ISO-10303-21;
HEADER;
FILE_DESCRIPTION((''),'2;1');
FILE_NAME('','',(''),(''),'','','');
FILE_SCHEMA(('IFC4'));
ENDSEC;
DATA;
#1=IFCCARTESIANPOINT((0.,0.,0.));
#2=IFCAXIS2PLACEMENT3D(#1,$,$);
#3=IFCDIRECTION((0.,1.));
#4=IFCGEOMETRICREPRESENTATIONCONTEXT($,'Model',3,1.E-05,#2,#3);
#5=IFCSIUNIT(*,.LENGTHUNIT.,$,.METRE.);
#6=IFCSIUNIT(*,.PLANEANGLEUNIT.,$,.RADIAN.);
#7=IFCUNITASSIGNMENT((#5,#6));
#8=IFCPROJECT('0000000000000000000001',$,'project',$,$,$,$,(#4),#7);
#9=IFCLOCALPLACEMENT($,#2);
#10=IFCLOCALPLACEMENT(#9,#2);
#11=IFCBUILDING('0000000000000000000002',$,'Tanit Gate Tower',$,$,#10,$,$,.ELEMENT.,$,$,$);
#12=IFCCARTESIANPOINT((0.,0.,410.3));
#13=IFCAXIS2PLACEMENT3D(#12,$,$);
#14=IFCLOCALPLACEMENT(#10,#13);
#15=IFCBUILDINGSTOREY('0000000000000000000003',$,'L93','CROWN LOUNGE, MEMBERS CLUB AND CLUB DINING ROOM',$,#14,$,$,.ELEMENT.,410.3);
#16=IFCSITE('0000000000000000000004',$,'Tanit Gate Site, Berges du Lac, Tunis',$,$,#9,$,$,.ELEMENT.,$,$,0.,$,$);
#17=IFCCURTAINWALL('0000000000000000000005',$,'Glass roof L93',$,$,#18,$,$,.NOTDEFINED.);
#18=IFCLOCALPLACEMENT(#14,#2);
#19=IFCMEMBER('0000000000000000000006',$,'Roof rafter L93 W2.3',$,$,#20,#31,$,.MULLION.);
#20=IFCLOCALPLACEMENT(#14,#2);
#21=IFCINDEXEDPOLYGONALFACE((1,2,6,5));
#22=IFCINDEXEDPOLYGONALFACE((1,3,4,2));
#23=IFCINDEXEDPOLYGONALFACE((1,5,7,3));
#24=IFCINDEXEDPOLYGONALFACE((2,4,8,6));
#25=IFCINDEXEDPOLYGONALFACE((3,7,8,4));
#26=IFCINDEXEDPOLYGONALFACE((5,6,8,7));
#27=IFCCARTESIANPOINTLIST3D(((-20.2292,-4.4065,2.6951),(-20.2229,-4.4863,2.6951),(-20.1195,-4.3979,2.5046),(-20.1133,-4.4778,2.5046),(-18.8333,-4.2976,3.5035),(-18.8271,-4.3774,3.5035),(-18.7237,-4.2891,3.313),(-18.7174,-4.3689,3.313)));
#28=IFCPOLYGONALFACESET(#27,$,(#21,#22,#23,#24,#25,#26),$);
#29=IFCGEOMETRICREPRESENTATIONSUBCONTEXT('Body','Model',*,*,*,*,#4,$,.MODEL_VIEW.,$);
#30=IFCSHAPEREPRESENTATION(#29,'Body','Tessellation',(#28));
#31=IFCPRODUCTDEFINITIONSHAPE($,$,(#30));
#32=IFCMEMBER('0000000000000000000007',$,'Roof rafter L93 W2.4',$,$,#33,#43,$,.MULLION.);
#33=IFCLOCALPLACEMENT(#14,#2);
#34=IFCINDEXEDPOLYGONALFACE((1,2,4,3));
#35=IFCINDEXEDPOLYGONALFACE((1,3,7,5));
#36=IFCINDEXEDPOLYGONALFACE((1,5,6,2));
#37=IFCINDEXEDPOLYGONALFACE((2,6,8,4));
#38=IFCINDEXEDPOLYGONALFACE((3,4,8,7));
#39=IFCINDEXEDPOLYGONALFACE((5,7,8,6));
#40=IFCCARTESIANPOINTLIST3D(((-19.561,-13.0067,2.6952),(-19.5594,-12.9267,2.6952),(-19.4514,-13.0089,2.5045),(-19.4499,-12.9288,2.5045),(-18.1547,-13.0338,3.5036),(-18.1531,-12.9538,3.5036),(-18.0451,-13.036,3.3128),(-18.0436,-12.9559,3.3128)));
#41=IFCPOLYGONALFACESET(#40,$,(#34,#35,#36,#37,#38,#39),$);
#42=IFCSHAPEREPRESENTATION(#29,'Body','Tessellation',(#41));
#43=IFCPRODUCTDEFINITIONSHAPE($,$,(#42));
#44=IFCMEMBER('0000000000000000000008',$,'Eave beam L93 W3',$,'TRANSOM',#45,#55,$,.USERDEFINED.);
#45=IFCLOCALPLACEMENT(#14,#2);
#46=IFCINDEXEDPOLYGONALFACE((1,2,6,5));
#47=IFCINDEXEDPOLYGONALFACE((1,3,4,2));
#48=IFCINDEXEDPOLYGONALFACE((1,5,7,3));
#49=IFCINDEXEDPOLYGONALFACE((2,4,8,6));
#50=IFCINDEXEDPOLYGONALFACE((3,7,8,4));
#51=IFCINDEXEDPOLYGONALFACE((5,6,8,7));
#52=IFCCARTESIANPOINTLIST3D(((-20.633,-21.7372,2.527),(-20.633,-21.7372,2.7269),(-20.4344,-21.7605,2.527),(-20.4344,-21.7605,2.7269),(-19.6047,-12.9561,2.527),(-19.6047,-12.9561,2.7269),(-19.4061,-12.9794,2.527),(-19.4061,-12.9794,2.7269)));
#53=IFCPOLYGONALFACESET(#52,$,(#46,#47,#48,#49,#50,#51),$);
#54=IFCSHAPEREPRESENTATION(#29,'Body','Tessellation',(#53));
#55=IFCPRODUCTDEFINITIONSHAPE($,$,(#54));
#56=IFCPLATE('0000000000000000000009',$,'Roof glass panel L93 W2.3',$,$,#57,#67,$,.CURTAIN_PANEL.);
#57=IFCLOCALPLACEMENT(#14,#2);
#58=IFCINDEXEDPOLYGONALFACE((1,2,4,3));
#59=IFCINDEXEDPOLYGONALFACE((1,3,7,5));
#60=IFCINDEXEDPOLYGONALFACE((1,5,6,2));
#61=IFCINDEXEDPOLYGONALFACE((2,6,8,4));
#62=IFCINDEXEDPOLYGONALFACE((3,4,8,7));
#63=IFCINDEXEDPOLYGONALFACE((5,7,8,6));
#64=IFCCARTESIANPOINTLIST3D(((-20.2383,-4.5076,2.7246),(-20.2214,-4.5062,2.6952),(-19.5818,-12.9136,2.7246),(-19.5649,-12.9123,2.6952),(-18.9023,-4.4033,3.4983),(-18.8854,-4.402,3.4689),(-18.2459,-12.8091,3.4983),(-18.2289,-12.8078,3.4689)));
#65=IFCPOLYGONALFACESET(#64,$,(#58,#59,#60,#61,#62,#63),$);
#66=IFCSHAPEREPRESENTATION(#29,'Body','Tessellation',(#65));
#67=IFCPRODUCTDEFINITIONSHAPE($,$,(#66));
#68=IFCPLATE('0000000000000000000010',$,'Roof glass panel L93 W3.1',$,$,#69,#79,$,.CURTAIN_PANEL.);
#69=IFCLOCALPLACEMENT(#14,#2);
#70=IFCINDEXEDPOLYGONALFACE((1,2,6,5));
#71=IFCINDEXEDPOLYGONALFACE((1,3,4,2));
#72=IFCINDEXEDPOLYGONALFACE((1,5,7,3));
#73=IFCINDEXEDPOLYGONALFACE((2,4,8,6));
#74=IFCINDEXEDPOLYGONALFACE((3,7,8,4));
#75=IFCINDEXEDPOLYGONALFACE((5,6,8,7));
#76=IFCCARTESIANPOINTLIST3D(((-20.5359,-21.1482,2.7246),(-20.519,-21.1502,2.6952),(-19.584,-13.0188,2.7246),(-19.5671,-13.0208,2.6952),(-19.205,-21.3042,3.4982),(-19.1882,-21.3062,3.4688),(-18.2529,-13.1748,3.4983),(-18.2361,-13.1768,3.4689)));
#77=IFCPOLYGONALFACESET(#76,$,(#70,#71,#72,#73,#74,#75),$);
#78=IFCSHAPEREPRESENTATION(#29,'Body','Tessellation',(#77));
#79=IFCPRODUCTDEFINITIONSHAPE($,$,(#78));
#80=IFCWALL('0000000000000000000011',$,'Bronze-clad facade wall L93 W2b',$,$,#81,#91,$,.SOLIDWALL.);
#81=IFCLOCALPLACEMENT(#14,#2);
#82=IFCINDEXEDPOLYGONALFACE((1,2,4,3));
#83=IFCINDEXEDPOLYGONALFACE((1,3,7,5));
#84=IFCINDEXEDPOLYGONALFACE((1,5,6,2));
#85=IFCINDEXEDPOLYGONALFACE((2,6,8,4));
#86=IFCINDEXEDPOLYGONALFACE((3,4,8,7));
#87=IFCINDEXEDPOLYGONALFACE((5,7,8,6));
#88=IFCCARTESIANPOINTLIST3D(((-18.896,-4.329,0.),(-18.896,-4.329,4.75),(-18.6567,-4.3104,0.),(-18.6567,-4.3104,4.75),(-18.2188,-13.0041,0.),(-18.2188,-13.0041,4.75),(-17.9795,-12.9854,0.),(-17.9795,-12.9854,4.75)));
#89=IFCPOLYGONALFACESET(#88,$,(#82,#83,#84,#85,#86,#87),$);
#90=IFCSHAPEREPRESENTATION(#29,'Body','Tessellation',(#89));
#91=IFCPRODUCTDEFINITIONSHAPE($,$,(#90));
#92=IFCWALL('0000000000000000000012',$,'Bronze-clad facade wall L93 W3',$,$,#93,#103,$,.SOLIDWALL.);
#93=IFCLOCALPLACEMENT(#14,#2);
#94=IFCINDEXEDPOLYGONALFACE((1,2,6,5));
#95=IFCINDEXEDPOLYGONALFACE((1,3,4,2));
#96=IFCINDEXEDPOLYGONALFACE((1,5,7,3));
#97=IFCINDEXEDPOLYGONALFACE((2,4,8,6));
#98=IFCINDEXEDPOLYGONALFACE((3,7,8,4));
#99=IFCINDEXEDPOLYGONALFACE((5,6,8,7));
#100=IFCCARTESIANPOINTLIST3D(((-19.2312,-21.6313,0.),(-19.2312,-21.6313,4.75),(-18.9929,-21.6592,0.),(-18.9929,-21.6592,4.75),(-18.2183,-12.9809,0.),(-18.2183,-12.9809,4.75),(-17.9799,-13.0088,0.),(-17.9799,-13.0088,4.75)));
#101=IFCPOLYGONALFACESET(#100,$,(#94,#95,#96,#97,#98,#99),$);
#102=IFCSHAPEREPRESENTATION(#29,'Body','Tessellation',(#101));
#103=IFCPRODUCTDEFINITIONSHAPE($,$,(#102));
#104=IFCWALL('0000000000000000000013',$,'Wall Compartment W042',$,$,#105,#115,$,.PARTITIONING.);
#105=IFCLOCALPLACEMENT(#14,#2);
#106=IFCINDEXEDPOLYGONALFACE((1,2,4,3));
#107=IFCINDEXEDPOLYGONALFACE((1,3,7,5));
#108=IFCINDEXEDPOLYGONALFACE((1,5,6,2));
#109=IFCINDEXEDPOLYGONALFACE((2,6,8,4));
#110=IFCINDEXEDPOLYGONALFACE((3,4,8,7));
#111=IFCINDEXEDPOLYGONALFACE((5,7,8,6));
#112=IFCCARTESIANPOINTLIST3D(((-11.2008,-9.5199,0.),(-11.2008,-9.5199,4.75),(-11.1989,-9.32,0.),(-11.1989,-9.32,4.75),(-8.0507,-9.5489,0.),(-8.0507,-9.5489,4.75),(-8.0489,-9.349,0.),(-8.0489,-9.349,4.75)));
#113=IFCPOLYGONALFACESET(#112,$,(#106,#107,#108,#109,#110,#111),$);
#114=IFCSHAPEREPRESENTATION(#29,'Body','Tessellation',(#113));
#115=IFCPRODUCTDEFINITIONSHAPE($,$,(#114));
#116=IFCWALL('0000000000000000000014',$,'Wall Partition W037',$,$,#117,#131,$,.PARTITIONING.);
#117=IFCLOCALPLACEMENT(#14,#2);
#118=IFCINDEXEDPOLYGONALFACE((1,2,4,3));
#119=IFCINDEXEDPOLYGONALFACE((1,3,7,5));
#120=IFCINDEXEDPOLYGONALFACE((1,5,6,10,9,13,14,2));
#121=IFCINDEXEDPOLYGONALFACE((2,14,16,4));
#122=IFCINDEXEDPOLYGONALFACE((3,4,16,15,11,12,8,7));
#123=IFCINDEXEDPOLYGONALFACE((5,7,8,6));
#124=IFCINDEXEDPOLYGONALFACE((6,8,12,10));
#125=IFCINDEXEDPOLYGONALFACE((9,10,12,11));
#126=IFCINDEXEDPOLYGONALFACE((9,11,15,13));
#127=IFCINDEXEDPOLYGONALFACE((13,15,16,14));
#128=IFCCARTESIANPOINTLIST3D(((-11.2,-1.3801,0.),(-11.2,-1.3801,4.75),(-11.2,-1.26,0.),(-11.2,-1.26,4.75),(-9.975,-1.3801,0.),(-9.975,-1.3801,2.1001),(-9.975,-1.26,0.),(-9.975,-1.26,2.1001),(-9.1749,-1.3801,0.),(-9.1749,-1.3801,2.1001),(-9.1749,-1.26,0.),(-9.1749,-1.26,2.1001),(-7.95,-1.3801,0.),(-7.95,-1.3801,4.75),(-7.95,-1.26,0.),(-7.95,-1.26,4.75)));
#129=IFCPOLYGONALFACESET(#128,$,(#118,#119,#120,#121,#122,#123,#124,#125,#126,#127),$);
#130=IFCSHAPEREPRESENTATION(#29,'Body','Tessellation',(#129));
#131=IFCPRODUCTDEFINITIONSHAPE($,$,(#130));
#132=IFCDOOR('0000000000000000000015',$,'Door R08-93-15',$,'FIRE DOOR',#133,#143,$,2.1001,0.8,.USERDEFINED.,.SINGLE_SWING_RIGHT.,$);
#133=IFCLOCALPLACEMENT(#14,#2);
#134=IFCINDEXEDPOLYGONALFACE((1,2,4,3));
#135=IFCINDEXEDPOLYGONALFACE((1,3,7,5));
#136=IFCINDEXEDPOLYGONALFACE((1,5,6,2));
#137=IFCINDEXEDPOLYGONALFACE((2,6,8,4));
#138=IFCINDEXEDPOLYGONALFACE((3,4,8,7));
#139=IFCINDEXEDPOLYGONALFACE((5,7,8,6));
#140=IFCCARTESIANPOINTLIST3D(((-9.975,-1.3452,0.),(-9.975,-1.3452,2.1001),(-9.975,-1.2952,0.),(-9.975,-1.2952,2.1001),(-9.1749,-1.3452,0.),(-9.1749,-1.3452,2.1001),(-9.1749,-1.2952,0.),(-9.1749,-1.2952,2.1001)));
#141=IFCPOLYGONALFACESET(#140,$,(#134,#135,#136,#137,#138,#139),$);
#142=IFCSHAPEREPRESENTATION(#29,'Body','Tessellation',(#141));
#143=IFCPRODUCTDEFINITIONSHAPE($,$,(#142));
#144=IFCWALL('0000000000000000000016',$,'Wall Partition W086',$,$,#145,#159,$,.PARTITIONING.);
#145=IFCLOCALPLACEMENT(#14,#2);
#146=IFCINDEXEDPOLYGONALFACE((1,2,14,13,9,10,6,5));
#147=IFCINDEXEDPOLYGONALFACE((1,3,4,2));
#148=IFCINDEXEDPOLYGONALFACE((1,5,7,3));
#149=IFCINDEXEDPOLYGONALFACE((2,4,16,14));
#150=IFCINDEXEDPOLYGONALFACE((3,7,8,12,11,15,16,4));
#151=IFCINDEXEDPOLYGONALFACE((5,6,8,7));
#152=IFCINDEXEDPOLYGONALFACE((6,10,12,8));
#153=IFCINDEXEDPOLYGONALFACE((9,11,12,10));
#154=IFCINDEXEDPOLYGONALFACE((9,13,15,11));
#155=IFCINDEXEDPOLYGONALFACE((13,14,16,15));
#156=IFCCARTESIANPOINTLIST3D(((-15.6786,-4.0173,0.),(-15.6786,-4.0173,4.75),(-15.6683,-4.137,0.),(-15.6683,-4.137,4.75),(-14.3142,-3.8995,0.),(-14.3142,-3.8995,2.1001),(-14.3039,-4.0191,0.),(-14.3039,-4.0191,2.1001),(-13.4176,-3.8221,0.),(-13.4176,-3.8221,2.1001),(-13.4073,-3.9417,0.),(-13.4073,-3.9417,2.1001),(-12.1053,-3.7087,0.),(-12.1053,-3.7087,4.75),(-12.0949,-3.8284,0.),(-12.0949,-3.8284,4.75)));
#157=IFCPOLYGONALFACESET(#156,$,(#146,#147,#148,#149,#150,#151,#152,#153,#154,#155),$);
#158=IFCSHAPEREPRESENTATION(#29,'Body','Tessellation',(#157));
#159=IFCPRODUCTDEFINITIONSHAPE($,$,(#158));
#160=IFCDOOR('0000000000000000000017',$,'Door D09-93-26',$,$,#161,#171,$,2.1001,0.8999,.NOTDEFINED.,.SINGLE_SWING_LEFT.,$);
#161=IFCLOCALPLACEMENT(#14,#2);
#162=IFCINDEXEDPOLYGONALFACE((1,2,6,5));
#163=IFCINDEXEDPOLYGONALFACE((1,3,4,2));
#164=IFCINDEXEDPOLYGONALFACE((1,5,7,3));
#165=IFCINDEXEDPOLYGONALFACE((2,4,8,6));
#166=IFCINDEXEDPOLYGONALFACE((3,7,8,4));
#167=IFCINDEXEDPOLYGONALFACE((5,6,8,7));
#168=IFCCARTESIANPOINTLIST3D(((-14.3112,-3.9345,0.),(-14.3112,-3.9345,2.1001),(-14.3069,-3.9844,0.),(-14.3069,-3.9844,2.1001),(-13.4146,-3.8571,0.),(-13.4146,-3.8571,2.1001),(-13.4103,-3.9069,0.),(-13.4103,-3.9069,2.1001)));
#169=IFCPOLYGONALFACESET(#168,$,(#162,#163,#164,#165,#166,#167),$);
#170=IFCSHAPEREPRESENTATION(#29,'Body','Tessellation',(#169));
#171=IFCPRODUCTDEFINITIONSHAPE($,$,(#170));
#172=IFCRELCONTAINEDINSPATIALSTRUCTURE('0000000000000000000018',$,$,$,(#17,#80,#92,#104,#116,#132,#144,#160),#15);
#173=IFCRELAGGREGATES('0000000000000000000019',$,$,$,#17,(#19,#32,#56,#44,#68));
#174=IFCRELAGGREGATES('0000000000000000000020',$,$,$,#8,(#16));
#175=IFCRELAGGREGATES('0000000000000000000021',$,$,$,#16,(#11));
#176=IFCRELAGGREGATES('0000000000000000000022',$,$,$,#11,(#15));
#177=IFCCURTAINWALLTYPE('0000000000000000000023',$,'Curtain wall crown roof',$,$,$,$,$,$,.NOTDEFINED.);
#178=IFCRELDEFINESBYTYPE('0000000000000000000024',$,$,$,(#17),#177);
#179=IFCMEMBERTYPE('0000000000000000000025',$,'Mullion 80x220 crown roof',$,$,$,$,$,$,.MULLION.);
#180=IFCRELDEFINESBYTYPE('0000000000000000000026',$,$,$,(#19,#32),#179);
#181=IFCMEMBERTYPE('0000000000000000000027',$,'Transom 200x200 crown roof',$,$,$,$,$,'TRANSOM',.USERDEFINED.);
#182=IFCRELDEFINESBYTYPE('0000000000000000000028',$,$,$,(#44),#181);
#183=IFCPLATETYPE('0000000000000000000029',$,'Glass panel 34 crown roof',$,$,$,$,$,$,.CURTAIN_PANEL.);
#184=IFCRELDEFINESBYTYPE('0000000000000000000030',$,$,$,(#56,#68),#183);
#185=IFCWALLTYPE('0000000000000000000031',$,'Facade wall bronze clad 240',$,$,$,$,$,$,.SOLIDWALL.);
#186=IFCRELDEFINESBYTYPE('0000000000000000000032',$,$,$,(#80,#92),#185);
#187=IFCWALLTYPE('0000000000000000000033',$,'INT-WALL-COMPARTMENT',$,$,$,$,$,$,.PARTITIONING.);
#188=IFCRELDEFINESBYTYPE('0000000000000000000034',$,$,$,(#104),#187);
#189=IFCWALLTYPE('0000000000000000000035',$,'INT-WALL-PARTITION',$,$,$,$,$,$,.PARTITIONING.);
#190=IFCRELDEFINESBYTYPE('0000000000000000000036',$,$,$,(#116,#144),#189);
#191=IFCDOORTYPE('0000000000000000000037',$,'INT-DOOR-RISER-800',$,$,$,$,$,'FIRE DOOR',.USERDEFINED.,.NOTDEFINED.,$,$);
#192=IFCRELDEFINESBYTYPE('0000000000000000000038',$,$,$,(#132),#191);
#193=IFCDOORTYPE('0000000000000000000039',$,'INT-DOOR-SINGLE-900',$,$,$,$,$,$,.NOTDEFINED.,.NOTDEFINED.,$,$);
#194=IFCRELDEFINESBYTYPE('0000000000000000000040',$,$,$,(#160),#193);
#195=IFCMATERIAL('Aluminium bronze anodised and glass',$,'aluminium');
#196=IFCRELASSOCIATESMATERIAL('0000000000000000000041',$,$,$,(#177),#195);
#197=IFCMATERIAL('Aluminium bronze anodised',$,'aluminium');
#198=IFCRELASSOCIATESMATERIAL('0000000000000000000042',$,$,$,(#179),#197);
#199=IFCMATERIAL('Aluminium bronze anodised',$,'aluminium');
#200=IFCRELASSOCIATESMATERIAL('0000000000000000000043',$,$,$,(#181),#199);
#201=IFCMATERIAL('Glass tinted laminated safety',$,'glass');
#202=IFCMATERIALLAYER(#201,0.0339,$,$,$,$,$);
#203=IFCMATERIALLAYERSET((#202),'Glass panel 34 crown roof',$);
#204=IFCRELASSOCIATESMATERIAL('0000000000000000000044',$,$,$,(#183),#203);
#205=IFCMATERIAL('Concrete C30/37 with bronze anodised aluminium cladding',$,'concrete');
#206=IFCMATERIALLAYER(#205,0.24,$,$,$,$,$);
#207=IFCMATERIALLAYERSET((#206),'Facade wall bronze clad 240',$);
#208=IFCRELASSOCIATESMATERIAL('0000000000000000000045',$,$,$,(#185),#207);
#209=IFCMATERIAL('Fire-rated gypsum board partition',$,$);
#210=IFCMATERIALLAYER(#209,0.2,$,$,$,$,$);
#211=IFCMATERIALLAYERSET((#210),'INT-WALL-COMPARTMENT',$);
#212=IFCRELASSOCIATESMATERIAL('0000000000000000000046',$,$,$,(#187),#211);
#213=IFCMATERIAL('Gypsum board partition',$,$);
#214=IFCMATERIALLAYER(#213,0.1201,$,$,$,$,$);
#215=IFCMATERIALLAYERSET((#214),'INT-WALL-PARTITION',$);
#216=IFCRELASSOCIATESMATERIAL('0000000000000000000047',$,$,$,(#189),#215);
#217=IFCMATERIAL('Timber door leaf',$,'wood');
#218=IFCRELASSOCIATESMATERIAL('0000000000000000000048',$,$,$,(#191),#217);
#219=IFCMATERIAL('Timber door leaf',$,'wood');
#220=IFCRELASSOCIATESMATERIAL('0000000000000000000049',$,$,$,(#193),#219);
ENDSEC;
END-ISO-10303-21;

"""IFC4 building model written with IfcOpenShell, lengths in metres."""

from ifc_helpers import new_model, si_unit, direction, frame, frame_2d, origin, origin_2d, place, context, subcontext, project, spatial, polyline, rectangle, outline, extrude, material, layer, layer_set, material_profile, profile_set, type_object, element, fill, aggregate, save


model = new_model("IFC4")

# Units and contexts
model_context = context("Model", 3, precision=1e-05, world=origin(), true_north=direction((0.0, 1.0)))
body_context = subcontext(model_context, "Body", "Model", "MODEL_VIEW")
ifc_project = project(units=[si_unit("LENGTHUNIT", "METRE"), si_unit("PLANEANGLEUNIT", "RADIAN")], contexts=[model_context])

# Site, building, storey
site_placement = place(None, origin())
site = spatial("IfcSite", under=ifc_project, at=site_placement, Name="Tanit Gate Site, Berges du Lac, Tunis", CompositionType="ELEMENT", RefElevation=0.0)
building_placement = place(site_placement, origin())
building = spatial("IfcBuilding", under=site, at=building_placement, Name="Tanit Gate Tower", CompositionType="ELEMENT")
storey_placement = place(building_placement, frame((0.0, 0.0, 410.3)))
storey = spatial("IfcBuildingStorey", under=building, at=storey_placement, Name="L93", Description="CROWN LOUNGE, MEMBERS CLUB AND CLUB DINING ROOM", CompositionType="ELEMENT", Elevation=410.3)

# Curtain wall, members, plates
ifc_material_1 = material(Name="Aluminium bronze anodised and glass", Category="aluminium")
curtain_wall_type = type_object("IfcCurtainWallType", Name="Curtain wall crown roof", PredefinedType="NOTDEFINED", material=ifc_material_1)
curtain_wall_placement = place(storey_placement, origin())
curtain_wall = element("IfcCurtainWall", 1, at=curtain_wall_placement, inside=storey, type_object=curtain_wall_type, Name="Glass roof L93", PredefinedType="NOTDEFINED")
ifc_material_2 = material(Name="Aluminium bronze anodised", Category="aluminium")
ifc_material_profile_1 = material_profile(ifc_material_2, rectangle(XDim=0.0801, YDim=0.22, at=origin_2d()), Name="80x220 bronze rafter")
ifc_profile_set_1 = profile_set([ifc_material_profile_1], Name="Aluminium bronze anodised")
member_type_1 = type_object("IfcMemberType", Name="Mullion 80x220 crown roof", PredefinedType="MULLION", material=ifc_profile_set_1)
member_1_placement = place(storey_placement, frame((-18.7754, -4.3333, 3.4082), z_axis=(-0.863385, -0.067355, -0.500029), x_axis=(0.077777, -0.996971, 0.0)))
member_1 = element("IfcMember", 2, at=member_1_placement, type_object=member_type_1, Name="Roof rafter L93 W2.3", PredefinedType="MULLION", context=body_context, shape_type="SweptSolid", body=[
    extrude(rectangle(XDim=0.0801, YDim=0.22, at=origin_2d()), origin(), (0.0, 0.0, 1.0), 1.6167),
])
member_2_placement = place(storey_placement, frame((-18.0991, -12.9949, 3.4082), z_axis=(-0.86685, 0.016705, -0.498288), x_axis=(-0.019267, -0.999814, 0.0)))
member_2 = element("IfcMember", 3, at=member_2_placement, type_object=member_type_1, Name="Roof rafter L93 W2.4", PredefinedType="MULLION", context=body_context, shape_type="SweptSolid", body=[
    extrude(rectangle(XDim=0.0801, YDim=0.22, at=origin_2d()), origin(), (0.0, 0.0, 1.0), 1.6223),
])
ifc_material_3 = material(Name="Aluminium bronze anodised", Category="aluminium")
ifc_material_profile_2 = material_profile(ifc_material_3, rectangle(XDim=0.2, YDim=0.2, at=origin_2d()), Name="200x200 bronze transom")
ifc_profile_set_2 = profile_set([ifc_material_profile_2], Name="Aluminium bronze anodised")
member_type_2 = type_object("IfcMemberType", Name="Transom 200x200 crown roof", ElementType="TRANSOM", PredefinedType="USERDEFINED", material=ifc_profile_set_2)
member_3_placement = place(storey_placement, frame((-19.5054, -12.9678, 2.627), z_axis=(-0.116313, -0.993213, 0.0), x_axis=(0.993213, -0.116313, 0.0)))
member_3 = element("IfcMember", 4, at=member_3_placement, type_object=member_type_2, Name="Eave beam L93 W3", ObjectType="TRANSOM", PredefinedType="USERDEFINED", context=body_context, shape_type="SweptSolid", body=[
    extrude(rectangle(XDim=0.2, YDim=0.2, at=origin_2d()), origin(), (0.0, 0.0, 1.0), 8.8411),
])
ifc_material_4 = material(Name="Glass tinted laminated safety", Category="glass")
ifc_layer_1 = layer(ifc_material_4, 0.0339)
ifc_layer_set_1 = layer_set([ifc_layer_1], Name="Glass panel 34 crown roof")
plate_type = type_object("IfcPlateType", Name="Glass panel 34 crown roof", PredefinedType="CURTAIN_PANEL", material=ifc_layer_set_1)
plate_1_placement = place(storey_placement, frame((-18.9023, -4.4033, 3.4983), z_axis=(-0.498495, -0.038932, 0.866018), x_axis=(0.077863, -0.996964, 0.0)))
plate_1 = element("IfcPlate", 5, at=plate_1_placement, type_object=plate_type, Name="Roof glass panel L93 W2.3", PredefinedType="CURTAIN_PANEL", context=body_context, shape_type="SweptSolid", body=[
    extrude(outline(polyline([(0.0, 0.0), (8.4314, 0.0), (8.4315, -1.5473), (-0.0001, -1.5473), (0.0, 0.0)])), origin(), (0.0, 0.0, -1.0), 0.0339),
])
plate_2_placement = place(storey_placement, frame((-18.2529, -13.1748, 3.4983), z_axis=(-0.496609, 0.058157, 0.866024), x_axis=(-0.116325, -0.993211, -0.000006)))
plate_2 = element("IfcPlate", 6, at=plate_2_placement, type_object=plate_type, Name="Roof glass panel L93 W3.1", PredefinedType="CURTAIN_PANEL", context=body_context, shape_type="SweptSolid", body=[
    extrude(outline(polyline([(0.0, 0.0), (8.185, 0.0), (8.1848, -1.5472), (-0.0001, -1.5475), (0.0, 0.0)])), origin(), (0.0, 0.0, -1.0), 0.0339),
])
aggregate(curtain_wall, [member_1, member_2, plate_1, member_3, plate_2])

# Walls
ifc_material_5 = material(Name="Concrete C30/37 with bronze anodised aluminium cladding", Category="concrete")
ifc_layer_2 = layer(ifc_material_5, 0.24)
ifc_layer_set_2 = layer_set([ifc_layer_2], Name="Facade wall bronze clad 240")
wall_type_1 = type_object("IfcWallType", Name="Facade wall bronze clad 240", PredefinedType="SOLIDWALL", material=ifc_layer_set_2)
wall_1_placement = place(storey_placement, frame((-18.7764, -4.3198, 0.0), z_axis=(0.0, 0.0, 1.0), x_axis=(0.077831, -0.996967, 0.0)))
element("IfcWall", 7, at=wall_1_placement, inside=storey, type_object=wall_type_1, Name="Bronze-clad facade wall L93 W2b", PredefinedType="SOLIDWALL", context=body_context, shape_type="SweptSolid", body=[
    extrude(rectangle(XDim=8.7014, YDim=0.24, at=frame_2d((4.3506, 0.0))), origin(), (0.0, 0.0, 1.0), 4.75),
])
wall_2_placement = place(storey_placement, frame((-18.0991, -12.9949, 0.0), z_axis=(0.0, 0.0, 1.0), x_axis=(-0.116303, -0.993214, 0.0)))
element("IfcWall", 8, at=wall_2_placement, inside=storey, type_object=wall_type_1, Name="Bronze-clad facade wall L93 W3", PredefinedType="SOLIDWALL", context=body_context, shape_type="SweptSolid", body=[
    extrude(rectangle(XDim=8.7095, YDim=0.24, at=frame_2d((4.3547, 0.0))), origin(), (0.0, 0.0, 1.0), 4.75),
])
ifc_material_6 = material(Name="Fire-rated gypsum board partition")
ifc_layer_3 = layer(ifc_material_6, 0.2)
ifc_layer_set_3 = layer_set([ifc_layer_3], Name="INT-WALL-COMPARTMENT")
wall_type_2 = type_object("IfcWallType", Name="INT-WALL-COMPARTMENT", PredefinedType="PARTITIONING", material=ifc_layer_set_3)
wall_3_placement = place(storey_placement, frame((-11.2, -9.4199, 0.0), z_axis=(0.0, 0.0, 1.0), x_axis=(0.999957, -0.009223, 0.0)))
element("IfcWall", 9, at=wall_3_placement, inside=storey, type_object=wall_type_2, Name="Wall Compartment W042", PredefinedType="PARTITIONING", context=body_context, shape_type="SweptSolid", body=[
    extrude(rectangle(XDim=3.1501, YDim=0.2, at=frame_2d((1.5752, 0.0))), origin(), (0.0, 0.0, 1.0), 4.75),
])

# Walls, openings, doors
ifc_material_7 = material(Name="Gypsum board partition")
ifc_layer_4 = layer(ifc_material_7, 0.1201)
ifc_layer_set_4 = layer_set([ifc_layer_4], Name="INT-WALL-PARTITION")
wall_type_3 = type_object("IfcWallType", Name="INT-WALL-PARTITION", PredefinedType="PARTITIONING", material=ifc_layer_set_4)
wall_4_placement = place(storey_placement, frame((-11.2, -1.3201, 0.0), z_axis=(0.0, 0.0, 1.0), x_axis=(1.0, 0.0, 0.0)))
wall_4 = element("IfcWall", 10, at=wall_4_placement, inside=storey, type_object=wall_type_3, Name="Wall Partition W037", PredefinedType="PARTITIONING", context=body_context, shape_type="SweptSolid", body=[
    extrude(rectangle(XDim=3.25, YDim=0.1201, at=frame_2d((1.625, 0.0))), origin(), (0.0, 0.0, 1.0), 4.75),
])
opening_1_placement = place(wall_4_placement, frame((1.2251, 0.0, 0.0)))
opening_1 = element("IfcOpeningElement", 11, at=opening_1_placement, cuts=wall_4, PredefinedType="OPENING", context=body_context, shape_type="SweptSolid", body=[
    extrude(rectangle(XDim=0.8, YDim=2.1001, at=frame_2d((0.3999, 1.05))), frame((0.0, 0.0701, 0.0), z_axis=(0.0, -1.0, 0.0), x_axis=(1.0, 0.0, 0.0)), (0.0, 0.0, 1.0), 0.1401),
])
ifc_material_8 = material(Name="Timber door leaf", Category="wood")
door_type_1 = type_object("IfcDoorType", Name="INT-DOOR-RISER-800", ElementType="FIRE DOOR", OperationType="NOTDEFINED", PredefinedType="USERDEFINED", material=ifc_material_8)
door_1_placement = place(opening_1_placement, origin())
door_1 = element("IfcDoor", 12, at=door_1_placement, inside=storey, type_object=door_type_1, Name="Door R08-93-15", ObjectType="FIRE DOOR", OperationType="SINGLE_SWING_RIGHT", OverallHeight=2.1001, OverallWidth=0.8, PredefinedType="USERDEFINED", context=body_context, shape_type="SweptSolid", body=[
    extrude(rectangle(XDim=0.8, YDim=2.1001, at=frame_2d((0.3999, 1.05))), frame((0.0, 0.0249, 0.0), z_axis=(0.0, -1.0, 0.0), x_axis=(1.0, 0.0, 0.0)), (0.0, 0.0, 1.0), 0.05),
])
fill(opening_1, door_1)
wall_5_placement = place(storey_placement, frame((-15.6736, -4.0771, 0.0), z_axis=(0.0, 0.0, 1.0), x_axis=(0.996292, 0.086036, 0.0)))
wall_5 = element("IfcWall", 13, at=wall_5_placement, inside=storey, type_object=wall_type_3, Name="Wall Partition W086", PredefinedType="PARTITIONING", context=body_context, shape_type="SweptSolid", body=[
    extrude(rectangle(XDim=3.5867, YDim=0.1201, at=frame_2d((1.7935, 0.0))), origin(), (0.0, 0.0, 1.0), 4.75),
])
opening_2_placement = place(wall_5_placement, frame((1.3696, 0.0, 0.0)))
opening_2 = element("IfcOpeningElement", 14, at=opening_2_placement, cuts=wall_5, PredefinedType="OPENING", context=body_context, shape_type="SweptSolid", body=[
    extrude(rectangle(XDim=0.8999, YDim=2.1001, at=frame_2d((0.45, 1.05))), frame((0.0, 0.0701, 0.0), z_axis=(0.0, -1.0, 0.0), x_axis=(1.0, 0.0, 0.0)), (0.0, 0.0, 1.0), 0.1401),
])
ifc_material_9 = material(Name="Timber door leaf", Category="wood")
door_type_2 = type_object("IfcDoorType", Name="INT-DOOR-SINGLE-900", OperationType="NOTDEFINED", PredefinedType="NOTDEFINED", material=ifc_material_9)
door_2_placement = place(opening_2_placement, origin())
door_2 = element("IfcDoor", 15, at=door_2_placement, inside=storey, type_object=door_type_2, Name="Door D09-93-26", OperationType="SINGLE_SWING_LEFT", OverallHeight=2.1001, OverallWidth=0.8999, PredefinedType="NOTDEFINED", context=body_context, shape_type="SweptSolid", body=[
    extrude(rectangle(XDim=0.8999, YDim=2.1001, at=frame_2d((0.45, 1.05))), frame((0.0, 0.0249, 0.0), z_axis=(0.0, -1.0, 0.0), x_axis=(1.0, 0.0, 0.0)), (0.0, 0.0, 1.0), 0.05),
])
fill(opening_2, door_2)

save(model, "model.ifc")
